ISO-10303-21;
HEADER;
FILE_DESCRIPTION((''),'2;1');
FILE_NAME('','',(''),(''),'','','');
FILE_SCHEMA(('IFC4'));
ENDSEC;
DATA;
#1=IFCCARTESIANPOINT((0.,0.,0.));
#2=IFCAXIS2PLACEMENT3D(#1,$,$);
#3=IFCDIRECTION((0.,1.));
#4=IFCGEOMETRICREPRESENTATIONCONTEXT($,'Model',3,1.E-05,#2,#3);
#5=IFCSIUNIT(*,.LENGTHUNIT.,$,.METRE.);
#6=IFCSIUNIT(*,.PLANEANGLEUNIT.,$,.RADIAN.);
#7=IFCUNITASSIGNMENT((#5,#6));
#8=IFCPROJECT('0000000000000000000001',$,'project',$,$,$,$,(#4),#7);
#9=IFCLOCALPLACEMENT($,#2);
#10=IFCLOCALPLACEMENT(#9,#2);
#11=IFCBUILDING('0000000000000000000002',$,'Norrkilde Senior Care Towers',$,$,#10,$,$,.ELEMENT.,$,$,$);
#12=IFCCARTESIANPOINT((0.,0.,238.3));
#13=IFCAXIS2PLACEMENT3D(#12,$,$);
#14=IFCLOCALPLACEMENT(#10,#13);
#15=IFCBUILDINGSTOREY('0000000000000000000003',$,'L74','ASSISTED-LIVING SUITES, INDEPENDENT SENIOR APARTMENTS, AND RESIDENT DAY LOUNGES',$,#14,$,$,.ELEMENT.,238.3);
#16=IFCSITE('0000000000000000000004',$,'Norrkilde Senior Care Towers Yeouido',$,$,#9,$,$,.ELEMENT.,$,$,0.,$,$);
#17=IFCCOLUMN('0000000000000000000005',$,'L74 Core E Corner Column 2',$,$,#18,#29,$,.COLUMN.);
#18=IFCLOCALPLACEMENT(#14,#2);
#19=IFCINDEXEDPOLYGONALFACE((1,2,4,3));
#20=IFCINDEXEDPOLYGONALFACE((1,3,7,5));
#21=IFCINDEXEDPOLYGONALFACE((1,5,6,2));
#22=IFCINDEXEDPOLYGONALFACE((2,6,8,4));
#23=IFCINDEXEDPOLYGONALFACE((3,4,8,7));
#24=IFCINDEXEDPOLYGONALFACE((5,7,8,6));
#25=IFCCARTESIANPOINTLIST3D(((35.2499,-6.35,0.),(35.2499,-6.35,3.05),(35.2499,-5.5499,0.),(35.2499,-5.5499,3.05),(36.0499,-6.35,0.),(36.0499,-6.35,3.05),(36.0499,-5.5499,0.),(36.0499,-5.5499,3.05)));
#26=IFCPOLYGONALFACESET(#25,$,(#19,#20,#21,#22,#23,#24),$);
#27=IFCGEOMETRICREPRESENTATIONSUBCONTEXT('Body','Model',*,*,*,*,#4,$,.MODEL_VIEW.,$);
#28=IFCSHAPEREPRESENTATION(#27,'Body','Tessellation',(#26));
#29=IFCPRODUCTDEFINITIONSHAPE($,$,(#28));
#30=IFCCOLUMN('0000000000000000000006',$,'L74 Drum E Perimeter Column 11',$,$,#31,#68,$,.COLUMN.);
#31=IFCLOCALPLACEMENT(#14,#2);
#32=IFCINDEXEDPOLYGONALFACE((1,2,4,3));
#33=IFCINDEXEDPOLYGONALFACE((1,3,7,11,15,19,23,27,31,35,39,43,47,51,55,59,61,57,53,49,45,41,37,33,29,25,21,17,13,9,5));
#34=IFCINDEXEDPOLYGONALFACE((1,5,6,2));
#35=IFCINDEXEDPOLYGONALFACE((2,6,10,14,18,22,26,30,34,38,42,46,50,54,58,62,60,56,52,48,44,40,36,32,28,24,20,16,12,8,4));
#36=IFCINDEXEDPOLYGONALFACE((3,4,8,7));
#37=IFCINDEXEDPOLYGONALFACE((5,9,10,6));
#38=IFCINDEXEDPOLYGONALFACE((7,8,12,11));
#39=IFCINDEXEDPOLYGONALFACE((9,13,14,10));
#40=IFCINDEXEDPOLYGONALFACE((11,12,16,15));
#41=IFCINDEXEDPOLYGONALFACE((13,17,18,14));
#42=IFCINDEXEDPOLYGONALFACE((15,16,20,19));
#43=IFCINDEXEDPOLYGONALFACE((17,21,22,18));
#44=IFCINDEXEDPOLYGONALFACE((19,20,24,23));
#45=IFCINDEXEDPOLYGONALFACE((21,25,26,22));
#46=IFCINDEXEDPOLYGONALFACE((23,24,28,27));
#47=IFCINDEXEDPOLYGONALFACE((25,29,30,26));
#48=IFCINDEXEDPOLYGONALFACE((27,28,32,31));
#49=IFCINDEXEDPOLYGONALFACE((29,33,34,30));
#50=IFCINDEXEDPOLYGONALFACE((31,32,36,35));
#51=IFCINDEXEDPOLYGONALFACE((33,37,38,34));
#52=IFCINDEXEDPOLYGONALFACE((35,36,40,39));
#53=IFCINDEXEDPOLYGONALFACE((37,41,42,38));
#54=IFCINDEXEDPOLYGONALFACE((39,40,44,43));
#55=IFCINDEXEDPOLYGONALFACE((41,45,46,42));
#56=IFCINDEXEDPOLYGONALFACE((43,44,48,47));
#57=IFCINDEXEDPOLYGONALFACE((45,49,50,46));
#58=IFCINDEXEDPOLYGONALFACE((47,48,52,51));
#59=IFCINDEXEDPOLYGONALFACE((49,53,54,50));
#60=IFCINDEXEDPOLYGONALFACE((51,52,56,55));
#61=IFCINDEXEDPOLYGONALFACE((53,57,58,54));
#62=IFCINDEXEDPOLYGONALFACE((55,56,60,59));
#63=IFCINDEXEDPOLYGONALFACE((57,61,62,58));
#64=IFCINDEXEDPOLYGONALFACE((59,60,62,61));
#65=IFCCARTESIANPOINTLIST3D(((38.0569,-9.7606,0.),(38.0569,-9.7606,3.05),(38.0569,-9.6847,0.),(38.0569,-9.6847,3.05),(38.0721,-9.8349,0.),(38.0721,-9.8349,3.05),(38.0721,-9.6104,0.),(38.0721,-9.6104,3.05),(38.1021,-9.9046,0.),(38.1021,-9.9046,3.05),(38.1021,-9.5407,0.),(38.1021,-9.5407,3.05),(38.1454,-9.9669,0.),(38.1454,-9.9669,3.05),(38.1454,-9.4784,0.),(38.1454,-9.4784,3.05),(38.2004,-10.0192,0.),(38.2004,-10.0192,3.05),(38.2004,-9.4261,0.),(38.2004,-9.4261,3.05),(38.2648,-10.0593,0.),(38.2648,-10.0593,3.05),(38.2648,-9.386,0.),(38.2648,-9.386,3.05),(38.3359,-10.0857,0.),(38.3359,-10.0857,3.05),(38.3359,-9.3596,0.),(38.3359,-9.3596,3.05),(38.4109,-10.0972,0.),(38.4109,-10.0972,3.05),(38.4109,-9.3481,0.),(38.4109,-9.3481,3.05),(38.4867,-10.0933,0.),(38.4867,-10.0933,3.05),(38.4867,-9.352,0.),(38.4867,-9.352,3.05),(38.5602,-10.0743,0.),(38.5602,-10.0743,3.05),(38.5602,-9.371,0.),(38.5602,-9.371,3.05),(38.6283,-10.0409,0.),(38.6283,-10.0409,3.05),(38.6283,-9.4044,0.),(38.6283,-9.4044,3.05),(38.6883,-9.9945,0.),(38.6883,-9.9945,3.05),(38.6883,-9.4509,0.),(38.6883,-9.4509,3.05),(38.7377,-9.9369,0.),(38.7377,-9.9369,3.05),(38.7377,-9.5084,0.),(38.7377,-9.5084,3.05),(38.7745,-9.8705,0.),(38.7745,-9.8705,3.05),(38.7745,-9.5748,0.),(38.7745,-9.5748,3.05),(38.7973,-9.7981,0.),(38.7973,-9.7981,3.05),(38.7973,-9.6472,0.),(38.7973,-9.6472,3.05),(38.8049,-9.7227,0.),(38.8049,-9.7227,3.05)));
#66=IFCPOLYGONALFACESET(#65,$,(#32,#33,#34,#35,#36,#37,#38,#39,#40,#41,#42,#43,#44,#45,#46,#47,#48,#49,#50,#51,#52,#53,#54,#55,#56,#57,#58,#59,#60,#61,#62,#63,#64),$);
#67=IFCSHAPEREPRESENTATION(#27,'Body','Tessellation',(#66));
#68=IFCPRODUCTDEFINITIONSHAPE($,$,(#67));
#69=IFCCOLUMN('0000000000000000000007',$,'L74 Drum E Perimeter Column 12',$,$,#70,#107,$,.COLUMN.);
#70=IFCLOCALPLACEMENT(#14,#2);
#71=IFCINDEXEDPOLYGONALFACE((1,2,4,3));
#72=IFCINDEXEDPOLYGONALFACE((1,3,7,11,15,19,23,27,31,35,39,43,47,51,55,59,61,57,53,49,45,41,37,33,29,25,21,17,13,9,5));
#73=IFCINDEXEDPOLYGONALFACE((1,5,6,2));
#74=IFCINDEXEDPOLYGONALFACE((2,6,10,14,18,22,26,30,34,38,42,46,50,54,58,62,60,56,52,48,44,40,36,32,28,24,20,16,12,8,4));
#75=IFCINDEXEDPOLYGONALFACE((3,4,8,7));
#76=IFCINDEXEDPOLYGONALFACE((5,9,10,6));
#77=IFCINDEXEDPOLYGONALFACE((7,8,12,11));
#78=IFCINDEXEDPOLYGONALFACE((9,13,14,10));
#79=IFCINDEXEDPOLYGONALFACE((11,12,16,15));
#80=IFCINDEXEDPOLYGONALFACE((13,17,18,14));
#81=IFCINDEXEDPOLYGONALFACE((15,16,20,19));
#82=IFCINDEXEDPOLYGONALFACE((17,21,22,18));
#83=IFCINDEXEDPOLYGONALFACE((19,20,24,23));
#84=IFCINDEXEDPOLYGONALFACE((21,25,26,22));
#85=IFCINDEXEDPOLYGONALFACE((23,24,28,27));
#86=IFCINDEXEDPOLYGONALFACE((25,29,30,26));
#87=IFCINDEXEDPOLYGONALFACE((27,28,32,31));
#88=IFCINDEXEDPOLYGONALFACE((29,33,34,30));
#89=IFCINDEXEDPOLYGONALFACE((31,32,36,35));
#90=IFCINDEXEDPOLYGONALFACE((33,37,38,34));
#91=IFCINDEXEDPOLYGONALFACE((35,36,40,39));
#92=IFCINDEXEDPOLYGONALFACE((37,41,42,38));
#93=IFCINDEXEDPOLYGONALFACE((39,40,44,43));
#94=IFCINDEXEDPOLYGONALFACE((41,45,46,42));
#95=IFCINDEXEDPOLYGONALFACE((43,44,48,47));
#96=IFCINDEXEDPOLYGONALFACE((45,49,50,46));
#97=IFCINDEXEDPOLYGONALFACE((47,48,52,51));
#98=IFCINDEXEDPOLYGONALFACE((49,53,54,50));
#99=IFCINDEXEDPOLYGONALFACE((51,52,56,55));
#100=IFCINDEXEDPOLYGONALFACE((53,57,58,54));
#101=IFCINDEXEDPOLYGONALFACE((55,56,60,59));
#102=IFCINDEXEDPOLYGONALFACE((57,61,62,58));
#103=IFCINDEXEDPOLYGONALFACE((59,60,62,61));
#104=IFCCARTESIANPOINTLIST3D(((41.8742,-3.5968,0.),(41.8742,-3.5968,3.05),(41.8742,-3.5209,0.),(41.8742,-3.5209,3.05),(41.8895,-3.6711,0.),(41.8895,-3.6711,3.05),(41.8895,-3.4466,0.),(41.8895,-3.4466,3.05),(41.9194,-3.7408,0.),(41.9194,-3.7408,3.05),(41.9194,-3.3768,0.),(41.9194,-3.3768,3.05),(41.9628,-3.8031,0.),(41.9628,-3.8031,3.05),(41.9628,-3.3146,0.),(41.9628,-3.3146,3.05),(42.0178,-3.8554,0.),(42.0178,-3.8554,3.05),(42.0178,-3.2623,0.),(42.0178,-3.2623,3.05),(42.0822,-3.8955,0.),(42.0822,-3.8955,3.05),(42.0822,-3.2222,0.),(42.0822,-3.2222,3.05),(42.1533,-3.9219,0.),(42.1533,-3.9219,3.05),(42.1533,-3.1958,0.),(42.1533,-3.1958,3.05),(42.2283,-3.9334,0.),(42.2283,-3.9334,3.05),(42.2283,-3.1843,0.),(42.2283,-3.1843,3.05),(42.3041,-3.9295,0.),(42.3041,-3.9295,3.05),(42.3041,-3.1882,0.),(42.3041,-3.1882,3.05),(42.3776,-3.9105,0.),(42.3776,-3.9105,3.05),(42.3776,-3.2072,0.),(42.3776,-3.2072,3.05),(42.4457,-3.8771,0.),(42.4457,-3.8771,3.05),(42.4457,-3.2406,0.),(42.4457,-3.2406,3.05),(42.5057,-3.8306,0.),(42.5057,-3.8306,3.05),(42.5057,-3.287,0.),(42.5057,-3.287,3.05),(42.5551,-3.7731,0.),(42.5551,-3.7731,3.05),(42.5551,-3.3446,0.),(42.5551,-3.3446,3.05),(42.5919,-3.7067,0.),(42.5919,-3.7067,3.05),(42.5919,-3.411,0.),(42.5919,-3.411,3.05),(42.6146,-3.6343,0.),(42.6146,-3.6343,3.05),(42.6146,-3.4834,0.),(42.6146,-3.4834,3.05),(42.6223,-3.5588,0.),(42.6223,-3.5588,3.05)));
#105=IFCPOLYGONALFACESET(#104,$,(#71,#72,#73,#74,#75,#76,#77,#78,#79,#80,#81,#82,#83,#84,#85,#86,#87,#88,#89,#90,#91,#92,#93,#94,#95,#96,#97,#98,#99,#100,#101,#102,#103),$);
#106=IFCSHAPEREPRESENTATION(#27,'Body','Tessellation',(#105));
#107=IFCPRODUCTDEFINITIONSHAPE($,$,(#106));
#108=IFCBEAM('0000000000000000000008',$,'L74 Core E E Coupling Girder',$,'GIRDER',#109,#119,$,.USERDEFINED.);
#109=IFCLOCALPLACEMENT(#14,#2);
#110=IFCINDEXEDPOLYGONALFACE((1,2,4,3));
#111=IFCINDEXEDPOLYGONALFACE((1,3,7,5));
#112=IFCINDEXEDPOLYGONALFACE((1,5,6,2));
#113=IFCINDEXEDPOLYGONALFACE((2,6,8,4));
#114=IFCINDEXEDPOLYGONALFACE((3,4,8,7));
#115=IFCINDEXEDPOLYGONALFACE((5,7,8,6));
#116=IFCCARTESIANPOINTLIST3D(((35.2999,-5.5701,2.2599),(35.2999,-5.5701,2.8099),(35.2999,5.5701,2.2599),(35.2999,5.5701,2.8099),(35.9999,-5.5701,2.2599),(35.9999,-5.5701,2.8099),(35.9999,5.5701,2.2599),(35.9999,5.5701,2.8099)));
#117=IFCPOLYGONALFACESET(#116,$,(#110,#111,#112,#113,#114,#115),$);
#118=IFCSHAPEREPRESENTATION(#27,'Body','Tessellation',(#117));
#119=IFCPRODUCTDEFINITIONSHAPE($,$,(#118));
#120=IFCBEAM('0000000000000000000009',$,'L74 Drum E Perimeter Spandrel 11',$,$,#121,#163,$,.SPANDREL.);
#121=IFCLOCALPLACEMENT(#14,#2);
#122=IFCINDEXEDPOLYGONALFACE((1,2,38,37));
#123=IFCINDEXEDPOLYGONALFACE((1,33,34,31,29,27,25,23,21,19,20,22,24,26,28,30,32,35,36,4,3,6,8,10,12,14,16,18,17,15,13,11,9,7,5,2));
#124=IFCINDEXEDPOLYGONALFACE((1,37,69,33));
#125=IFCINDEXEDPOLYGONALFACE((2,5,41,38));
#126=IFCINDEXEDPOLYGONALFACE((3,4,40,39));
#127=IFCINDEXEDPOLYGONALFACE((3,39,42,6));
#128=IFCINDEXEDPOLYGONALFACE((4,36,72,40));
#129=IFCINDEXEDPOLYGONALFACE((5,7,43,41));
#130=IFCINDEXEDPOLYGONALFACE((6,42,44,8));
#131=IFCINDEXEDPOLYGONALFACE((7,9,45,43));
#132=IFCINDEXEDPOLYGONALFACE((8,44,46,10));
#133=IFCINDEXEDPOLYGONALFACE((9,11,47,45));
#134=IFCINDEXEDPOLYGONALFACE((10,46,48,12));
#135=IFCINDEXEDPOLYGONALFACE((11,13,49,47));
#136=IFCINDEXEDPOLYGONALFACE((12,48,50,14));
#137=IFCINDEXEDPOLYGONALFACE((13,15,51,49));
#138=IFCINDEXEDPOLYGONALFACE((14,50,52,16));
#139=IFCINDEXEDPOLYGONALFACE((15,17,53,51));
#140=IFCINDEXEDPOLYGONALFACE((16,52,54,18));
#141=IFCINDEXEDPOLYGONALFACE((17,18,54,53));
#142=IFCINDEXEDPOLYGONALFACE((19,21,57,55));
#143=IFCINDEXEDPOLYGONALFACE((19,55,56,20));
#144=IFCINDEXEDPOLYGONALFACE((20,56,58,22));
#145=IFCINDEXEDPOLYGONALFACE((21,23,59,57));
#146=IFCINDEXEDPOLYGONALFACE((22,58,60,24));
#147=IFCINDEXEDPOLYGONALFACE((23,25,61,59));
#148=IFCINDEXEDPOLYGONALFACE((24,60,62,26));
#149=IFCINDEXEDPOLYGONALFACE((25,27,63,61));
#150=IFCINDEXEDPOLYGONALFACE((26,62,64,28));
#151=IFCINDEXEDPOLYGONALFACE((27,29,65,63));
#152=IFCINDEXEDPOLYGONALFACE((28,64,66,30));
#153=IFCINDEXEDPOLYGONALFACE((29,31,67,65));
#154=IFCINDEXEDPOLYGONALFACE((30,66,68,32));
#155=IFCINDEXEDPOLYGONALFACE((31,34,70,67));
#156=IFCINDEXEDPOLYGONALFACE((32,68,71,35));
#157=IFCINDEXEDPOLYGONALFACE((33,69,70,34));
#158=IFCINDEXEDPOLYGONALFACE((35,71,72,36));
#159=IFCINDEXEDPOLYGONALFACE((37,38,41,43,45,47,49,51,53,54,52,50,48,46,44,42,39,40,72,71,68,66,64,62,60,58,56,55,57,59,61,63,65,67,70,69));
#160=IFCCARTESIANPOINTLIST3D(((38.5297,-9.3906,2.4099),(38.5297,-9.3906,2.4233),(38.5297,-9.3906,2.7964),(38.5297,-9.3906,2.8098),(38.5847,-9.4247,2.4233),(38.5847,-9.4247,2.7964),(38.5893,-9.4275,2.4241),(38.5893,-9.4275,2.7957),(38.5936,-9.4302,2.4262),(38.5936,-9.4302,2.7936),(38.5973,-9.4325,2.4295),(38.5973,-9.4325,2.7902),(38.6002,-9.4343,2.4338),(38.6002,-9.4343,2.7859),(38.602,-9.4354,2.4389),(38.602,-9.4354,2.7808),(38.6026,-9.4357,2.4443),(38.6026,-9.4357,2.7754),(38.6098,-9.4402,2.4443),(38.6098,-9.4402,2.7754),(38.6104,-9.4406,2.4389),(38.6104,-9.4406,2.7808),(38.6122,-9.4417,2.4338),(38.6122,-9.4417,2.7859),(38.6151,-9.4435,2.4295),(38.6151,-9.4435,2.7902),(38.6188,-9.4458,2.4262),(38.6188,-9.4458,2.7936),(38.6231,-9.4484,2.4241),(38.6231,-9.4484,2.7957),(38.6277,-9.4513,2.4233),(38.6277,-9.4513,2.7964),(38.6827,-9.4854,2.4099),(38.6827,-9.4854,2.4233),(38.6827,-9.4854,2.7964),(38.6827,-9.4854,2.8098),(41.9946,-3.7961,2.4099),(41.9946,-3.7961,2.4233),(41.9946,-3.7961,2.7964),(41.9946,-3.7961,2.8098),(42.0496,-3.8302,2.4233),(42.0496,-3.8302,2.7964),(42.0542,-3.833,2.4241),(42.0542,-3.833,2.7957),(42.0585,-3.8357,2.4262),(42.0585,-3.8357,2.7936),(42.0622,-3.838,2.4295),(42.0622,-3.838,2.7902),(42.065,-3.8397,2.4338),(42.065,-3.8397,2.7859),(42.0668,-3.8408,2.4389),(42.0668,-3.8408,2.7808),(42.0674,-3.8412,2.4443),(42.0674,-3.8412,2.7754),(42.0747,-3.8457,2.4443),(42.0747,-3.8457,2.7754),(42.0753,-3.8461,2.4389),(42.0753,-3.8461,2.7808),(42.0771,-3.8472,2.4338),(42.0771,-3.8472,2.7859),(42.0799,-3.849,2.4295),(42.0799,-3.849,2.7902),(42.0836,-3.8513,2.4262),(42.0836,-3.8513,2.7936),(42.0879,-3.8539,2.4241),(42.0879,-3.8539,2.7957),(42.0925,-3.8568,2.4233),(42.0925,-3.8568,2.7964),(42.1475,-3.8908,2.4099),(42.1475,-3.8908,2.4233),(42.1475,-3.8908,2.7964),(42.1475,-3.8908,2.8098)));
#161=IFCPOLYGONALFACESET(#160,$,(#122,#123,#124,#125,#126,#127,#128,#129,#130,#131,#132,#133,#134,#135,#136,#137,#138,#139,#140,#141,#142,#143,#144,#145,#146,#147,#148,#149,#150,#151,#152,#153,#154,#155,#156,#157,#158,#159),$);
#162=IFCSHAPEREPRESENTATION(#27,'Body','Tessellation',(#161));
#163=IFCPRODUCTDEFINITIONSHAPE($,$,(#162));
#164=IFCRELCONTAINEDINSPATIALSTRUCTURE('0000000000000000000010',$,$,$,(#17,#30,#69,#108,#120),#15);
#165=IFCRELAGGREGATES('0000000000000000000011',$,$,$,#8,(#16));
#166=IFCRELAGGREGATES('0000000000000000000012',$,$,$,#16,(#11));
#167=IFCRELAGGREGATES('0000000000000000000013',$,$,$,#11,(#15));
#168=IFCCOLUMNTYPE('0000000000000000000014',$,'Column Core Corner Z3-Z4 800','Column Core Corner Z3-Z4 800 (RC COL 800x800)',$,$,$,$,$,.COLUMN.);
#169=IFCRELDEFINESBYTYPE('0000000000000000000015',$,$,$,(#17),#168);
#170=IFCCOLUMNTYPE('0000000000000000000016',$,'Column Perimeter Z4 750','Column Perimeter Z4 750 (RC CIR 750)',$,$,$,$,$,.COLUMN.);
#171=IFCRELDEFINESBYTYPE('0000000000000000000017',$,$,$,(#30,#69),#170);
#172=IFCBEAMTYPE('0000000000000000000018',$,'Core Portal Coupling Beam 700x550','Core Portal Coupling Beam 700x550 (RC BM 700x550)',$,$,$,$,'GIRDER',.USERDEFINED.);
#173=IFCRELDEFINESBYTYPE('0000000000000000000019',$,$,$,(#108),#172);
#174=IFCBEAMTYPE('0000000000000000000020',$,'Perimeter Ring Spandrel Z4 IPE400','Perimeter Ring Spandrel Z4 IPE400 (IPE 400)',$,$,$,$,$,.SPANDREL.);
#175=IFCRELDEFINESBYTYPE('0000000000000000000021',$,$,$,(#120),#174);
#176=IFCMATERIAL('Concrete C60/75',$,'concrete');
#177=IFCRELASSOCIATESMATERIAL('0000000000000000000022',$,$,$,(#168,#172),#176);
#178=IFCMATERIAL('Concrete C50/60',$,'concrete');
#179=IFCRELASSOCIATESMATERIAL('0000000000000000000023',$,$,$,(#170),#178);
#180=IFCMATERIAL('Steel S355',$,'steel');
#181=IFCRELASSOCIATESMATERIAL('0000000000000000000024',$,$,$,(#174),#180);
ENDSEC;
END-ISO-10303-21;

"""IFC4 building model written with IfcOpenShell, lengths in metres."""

from ifc_helpers import new_model, si_unit, direction, frame, origin, origin_2d, place, context, subcontext, project, spatial, rectangle, circle, i_section, extrude, source, transform, mapped, material, material_profile, profile_set, type_object, type_shapes, element, save


model = new_model("IFC4")

# Units and contexts
model_context = context("Model", 3, precision=1e-05, world=origin(), true_north=direction((0.0, 1.0)))
body_context = subcontext(model_context, "Body", "Model", "MODEL_VIEW")
ifc_project = project(units=[si_unit("LENGTHUNIT", "METRE"), si_unit("PLANEANGLEUNIT", "RADIAN")], contexts=[model_context])

# Site, building, storey
site_placement = place(None, origin())
site = spatial("IfcSite", under=ifc_project, at=site_placement, Name="Norrkilde Senior Care Towers Yeouido", CompositionType="ELEMENT", RefElevation=0.0)
building_placement = place(site_placement, origin())
building = spatial("IfcBuilding", under=site, at=building_placement, Name="Norrkilde Senior Care Towers", CompositionType="ELEMENT")
storey_placement = place(building_placement, frame((0.0, 0.0, 238.3)))
storey = spatial("IfcBuildingStorey", under=building, at=storey_placement, Name="L74", Description="ASSISTED-LIVING SUITES, INDEPENDENT SENIOR APARTMENTS, AND RESIDENT DAY LOUNGES", CompositionType="ELEMENT", Elevation=238.3)

# Columns
ifc_material_1 = material(Name="Concrete C60/75", Category="concrete")
ifc_material_profile_1 = material_profile(ifc_material_1, rectangle(XDim=0.8, YDim=0.8, at=origin_2d()), Name="RC COL 800x800")
ifc_profile_set_1 = profile_set([ifc_material_profile_1], Name="Concrete C60/75")
column_type_1 = type_object("IfcColumnType", Name="Column Core Corner Z3-Z4 800", Description="Column Core Corner Z3-Z4 800 (RC COL 800x800)", PredefinedType="COLUMN", material=ifc_profile_set_1)
shared_shape_1 = source(origin(), body_context, "Body", "SweptSolid", [
    extrude(rectangle(XDim=0.8, YDim=0.8, at=origin_2d()), origin(), (0.0, 0.0, 1.0), 3.05),
])
type_shapes(column_type_1, [shared_shape_1])
column_placement = place(storey_placement, frame((35.6499, -5.95, 0.0), z_axis=(0.0, 0.0, 1.0), x_axis=(1.0, 0.0, 0.0)))
element("IfcColumn", 1, at=column_placement, inside=storey, type_object=column_type_1, Name="L74 Core E Corner Column 2", PredefinedType="COLUMN", context=body_context, shape_type="MappedRepresentation", body=[
    mapped(shared_shape_1, transform((0.0, 0.0, 0.0), x_axis=(1.0, 0.0, 0.0), y_axis=(0.0, 1.0, 0.0), z_axis=(0.0, 0.0, 1.0), scale=1.0)),
])
ifc_material_2 = material(Name="Concrete C50/60", Category="concrete")
ifc_material_profile_2 = material_profile(ifc_material_2, circle(Radius=0.375, at=origin_2d()), Name="RC CIR 750")
ifc_profile_set_2 = profile_set([ifc_material_profile_2], Name="Concrete C50/60")
column_type_2 = type_object("IfcColumnType", Name="Column Perimeter Z4 750", Description="Column Perimeter Z4 750 (RC CIR 750)", PredefinedType="COLUMN", material=ifc_profile_set_2)
shared_shape_2 = source(origin(), body_context, "Body", "SweptSolid", [
    extrude(circle(Radius=0.375, at=origin_2d()), origin(), (0.0, 0.0, 1.0), 3.05),
])
type_shapes(column_type_2, [shared_shape_2])
for number, where, z_axis, x_axis, name in (
    (2, (38.4299, -9.7227, 0.0), (0.0, 0.0, 1.0), (1.0, 0.0, 0.0), "L74 Drum E Perimeter Column 11"),
    (3, (42.2473, -3.5588, 0.0), (0.0, 0.0, 1.0), (1.0, 0.0, 0.0), "L74 Drum E Perimeter Column 12"),
):
    element("IfcColumn", number, at=place(storey_placement, frame(where, z_axis=z_axis, x_axis=x_axis)), inside=storey, type_object=column_type_2, Name=name, PredefinedType="COLUMN", context=body_context, shape_type="MappedRepresentation", body=[
        mapped(shared_shape_2, transform((0.0, 0.0, 0.0), x_axis=(1.0, 0.0, 0.0), y_axis=(0.0, 1.0, 0.0), z_axis=(0.0, 0.0, 1.0), scale=1.0)),
    ])

# Beams
ifc_material_profile_3 = material_profile(ifc_material_1, rectangle(XDim=0.7, YDim=0.55, at=origin_2d()), Name="RC BM 700x550")
ifc_profile_set_3 = profile_set([ifc_material_profile_3], Name="Concrete C60/75")
beam_type_1 = type_object("IfcBeamType", Name="Core Portal Coupling Beam 700x550", Description="Core Portal Coupling Beam 700x550 (RC BM 700x550)", ElementType="GIRDER", PredefinedType="USERDEFINED", material=ifc_profile_set_3)
shared_shape_3 = source(origin(), body_context, "Body", "SweptSolid", [
    extrude(rectangle(XDim=0.7, YDim=0.55, at=origin_2d()), origin(), (0.0, 0.0, 1.0), 11.1401),
])
type_shapes(beam_type_1, [shared_shape_3])
beam_1_placement = place(storey_placement, frame((35.6499, -5.5701, 2.5349), z_axis=(0.0, 1.0, 0.0), x_axis=(-1.0, 0.0, 0.0)))
element("IfcBeam", 4, at=beam_1_placement, inside=storey, type_object=beam_type_1, Name="L74 Core E E Coupling Girder", ObjectType="GIRDER", PredefinedType="USERDEFINED", context=body_context, shape_type="MappedRepresentation", body=[
    mapped(shared_shape_3, transform((0.0, 0.0, 0.0), x_axis=(1.0, 0.0, 0.0), y_axis=(0.0, 1.0, 0.0), z_axis=(0.0, 0.0, 1.0), scale=1.0)),
])
ifc_material_3 = material(Name="Steel S355", Category="steel")
ifc_material_profile_4 = material_profile(ifc_material_3, i_section(OverallWidth=0.1799, OverallDepth=0.3999, WebThickness=0.0085, FlangeThickness=0.0134, FilletRadius=0.021, at=origin_2d()), Name="IPE 400")
ifc_profile_set_4 = profile_set([ifc_material_profile_4], Name="Steel S355")
beam_type_2 = type_object("IfcBeamType", Name="Perimeter Ring Spandrel Z4 IPE400", Description="Perimeter Ring Spandrel Z4 IPE400 (IPE 400)", PredefinedType="SPANDREL", material=ifc_profile_set_4)
shared_shape_4 = source(origin(), body_context, "Body", "SweptSolid", [
    extrude(i_section(OverallWidth=0.1799, OverallDepth=0.3999, WebThickness=0.0085, FlangeThickness=0.0134, FilletRadius=0.021, at=origin_2d()), origin(), (0.0, 0.0, 1.0), 6.5806),
])
beam_2_placement = place(storey_placement, frame((38.6062, -9.438, 2.6099), z_axis=(0.52653, 0.850157, 0.0), x_axis=(-0.850157, 0.52653, 0.0)))
element("IfcBeam", 5, at=beam_2_placement, inside=storey, type_object=beam_type_2, Name="L74 Drum E Perimeter Spandrel 11", PredefinedType="SPANDREL", context=body_context, shape_type="MappedRepresentation", body=[
    mapped(shared_shape_4, transform((0.0, 0.0, 0.0), x_axis=(1.0, 0.0, 0.0), y_axis=(0.0, 1.0, 0.0), z_axis=(0.0, 0.0, 1.0), scale=1.0)),
])

save(model, "model.ifc")
